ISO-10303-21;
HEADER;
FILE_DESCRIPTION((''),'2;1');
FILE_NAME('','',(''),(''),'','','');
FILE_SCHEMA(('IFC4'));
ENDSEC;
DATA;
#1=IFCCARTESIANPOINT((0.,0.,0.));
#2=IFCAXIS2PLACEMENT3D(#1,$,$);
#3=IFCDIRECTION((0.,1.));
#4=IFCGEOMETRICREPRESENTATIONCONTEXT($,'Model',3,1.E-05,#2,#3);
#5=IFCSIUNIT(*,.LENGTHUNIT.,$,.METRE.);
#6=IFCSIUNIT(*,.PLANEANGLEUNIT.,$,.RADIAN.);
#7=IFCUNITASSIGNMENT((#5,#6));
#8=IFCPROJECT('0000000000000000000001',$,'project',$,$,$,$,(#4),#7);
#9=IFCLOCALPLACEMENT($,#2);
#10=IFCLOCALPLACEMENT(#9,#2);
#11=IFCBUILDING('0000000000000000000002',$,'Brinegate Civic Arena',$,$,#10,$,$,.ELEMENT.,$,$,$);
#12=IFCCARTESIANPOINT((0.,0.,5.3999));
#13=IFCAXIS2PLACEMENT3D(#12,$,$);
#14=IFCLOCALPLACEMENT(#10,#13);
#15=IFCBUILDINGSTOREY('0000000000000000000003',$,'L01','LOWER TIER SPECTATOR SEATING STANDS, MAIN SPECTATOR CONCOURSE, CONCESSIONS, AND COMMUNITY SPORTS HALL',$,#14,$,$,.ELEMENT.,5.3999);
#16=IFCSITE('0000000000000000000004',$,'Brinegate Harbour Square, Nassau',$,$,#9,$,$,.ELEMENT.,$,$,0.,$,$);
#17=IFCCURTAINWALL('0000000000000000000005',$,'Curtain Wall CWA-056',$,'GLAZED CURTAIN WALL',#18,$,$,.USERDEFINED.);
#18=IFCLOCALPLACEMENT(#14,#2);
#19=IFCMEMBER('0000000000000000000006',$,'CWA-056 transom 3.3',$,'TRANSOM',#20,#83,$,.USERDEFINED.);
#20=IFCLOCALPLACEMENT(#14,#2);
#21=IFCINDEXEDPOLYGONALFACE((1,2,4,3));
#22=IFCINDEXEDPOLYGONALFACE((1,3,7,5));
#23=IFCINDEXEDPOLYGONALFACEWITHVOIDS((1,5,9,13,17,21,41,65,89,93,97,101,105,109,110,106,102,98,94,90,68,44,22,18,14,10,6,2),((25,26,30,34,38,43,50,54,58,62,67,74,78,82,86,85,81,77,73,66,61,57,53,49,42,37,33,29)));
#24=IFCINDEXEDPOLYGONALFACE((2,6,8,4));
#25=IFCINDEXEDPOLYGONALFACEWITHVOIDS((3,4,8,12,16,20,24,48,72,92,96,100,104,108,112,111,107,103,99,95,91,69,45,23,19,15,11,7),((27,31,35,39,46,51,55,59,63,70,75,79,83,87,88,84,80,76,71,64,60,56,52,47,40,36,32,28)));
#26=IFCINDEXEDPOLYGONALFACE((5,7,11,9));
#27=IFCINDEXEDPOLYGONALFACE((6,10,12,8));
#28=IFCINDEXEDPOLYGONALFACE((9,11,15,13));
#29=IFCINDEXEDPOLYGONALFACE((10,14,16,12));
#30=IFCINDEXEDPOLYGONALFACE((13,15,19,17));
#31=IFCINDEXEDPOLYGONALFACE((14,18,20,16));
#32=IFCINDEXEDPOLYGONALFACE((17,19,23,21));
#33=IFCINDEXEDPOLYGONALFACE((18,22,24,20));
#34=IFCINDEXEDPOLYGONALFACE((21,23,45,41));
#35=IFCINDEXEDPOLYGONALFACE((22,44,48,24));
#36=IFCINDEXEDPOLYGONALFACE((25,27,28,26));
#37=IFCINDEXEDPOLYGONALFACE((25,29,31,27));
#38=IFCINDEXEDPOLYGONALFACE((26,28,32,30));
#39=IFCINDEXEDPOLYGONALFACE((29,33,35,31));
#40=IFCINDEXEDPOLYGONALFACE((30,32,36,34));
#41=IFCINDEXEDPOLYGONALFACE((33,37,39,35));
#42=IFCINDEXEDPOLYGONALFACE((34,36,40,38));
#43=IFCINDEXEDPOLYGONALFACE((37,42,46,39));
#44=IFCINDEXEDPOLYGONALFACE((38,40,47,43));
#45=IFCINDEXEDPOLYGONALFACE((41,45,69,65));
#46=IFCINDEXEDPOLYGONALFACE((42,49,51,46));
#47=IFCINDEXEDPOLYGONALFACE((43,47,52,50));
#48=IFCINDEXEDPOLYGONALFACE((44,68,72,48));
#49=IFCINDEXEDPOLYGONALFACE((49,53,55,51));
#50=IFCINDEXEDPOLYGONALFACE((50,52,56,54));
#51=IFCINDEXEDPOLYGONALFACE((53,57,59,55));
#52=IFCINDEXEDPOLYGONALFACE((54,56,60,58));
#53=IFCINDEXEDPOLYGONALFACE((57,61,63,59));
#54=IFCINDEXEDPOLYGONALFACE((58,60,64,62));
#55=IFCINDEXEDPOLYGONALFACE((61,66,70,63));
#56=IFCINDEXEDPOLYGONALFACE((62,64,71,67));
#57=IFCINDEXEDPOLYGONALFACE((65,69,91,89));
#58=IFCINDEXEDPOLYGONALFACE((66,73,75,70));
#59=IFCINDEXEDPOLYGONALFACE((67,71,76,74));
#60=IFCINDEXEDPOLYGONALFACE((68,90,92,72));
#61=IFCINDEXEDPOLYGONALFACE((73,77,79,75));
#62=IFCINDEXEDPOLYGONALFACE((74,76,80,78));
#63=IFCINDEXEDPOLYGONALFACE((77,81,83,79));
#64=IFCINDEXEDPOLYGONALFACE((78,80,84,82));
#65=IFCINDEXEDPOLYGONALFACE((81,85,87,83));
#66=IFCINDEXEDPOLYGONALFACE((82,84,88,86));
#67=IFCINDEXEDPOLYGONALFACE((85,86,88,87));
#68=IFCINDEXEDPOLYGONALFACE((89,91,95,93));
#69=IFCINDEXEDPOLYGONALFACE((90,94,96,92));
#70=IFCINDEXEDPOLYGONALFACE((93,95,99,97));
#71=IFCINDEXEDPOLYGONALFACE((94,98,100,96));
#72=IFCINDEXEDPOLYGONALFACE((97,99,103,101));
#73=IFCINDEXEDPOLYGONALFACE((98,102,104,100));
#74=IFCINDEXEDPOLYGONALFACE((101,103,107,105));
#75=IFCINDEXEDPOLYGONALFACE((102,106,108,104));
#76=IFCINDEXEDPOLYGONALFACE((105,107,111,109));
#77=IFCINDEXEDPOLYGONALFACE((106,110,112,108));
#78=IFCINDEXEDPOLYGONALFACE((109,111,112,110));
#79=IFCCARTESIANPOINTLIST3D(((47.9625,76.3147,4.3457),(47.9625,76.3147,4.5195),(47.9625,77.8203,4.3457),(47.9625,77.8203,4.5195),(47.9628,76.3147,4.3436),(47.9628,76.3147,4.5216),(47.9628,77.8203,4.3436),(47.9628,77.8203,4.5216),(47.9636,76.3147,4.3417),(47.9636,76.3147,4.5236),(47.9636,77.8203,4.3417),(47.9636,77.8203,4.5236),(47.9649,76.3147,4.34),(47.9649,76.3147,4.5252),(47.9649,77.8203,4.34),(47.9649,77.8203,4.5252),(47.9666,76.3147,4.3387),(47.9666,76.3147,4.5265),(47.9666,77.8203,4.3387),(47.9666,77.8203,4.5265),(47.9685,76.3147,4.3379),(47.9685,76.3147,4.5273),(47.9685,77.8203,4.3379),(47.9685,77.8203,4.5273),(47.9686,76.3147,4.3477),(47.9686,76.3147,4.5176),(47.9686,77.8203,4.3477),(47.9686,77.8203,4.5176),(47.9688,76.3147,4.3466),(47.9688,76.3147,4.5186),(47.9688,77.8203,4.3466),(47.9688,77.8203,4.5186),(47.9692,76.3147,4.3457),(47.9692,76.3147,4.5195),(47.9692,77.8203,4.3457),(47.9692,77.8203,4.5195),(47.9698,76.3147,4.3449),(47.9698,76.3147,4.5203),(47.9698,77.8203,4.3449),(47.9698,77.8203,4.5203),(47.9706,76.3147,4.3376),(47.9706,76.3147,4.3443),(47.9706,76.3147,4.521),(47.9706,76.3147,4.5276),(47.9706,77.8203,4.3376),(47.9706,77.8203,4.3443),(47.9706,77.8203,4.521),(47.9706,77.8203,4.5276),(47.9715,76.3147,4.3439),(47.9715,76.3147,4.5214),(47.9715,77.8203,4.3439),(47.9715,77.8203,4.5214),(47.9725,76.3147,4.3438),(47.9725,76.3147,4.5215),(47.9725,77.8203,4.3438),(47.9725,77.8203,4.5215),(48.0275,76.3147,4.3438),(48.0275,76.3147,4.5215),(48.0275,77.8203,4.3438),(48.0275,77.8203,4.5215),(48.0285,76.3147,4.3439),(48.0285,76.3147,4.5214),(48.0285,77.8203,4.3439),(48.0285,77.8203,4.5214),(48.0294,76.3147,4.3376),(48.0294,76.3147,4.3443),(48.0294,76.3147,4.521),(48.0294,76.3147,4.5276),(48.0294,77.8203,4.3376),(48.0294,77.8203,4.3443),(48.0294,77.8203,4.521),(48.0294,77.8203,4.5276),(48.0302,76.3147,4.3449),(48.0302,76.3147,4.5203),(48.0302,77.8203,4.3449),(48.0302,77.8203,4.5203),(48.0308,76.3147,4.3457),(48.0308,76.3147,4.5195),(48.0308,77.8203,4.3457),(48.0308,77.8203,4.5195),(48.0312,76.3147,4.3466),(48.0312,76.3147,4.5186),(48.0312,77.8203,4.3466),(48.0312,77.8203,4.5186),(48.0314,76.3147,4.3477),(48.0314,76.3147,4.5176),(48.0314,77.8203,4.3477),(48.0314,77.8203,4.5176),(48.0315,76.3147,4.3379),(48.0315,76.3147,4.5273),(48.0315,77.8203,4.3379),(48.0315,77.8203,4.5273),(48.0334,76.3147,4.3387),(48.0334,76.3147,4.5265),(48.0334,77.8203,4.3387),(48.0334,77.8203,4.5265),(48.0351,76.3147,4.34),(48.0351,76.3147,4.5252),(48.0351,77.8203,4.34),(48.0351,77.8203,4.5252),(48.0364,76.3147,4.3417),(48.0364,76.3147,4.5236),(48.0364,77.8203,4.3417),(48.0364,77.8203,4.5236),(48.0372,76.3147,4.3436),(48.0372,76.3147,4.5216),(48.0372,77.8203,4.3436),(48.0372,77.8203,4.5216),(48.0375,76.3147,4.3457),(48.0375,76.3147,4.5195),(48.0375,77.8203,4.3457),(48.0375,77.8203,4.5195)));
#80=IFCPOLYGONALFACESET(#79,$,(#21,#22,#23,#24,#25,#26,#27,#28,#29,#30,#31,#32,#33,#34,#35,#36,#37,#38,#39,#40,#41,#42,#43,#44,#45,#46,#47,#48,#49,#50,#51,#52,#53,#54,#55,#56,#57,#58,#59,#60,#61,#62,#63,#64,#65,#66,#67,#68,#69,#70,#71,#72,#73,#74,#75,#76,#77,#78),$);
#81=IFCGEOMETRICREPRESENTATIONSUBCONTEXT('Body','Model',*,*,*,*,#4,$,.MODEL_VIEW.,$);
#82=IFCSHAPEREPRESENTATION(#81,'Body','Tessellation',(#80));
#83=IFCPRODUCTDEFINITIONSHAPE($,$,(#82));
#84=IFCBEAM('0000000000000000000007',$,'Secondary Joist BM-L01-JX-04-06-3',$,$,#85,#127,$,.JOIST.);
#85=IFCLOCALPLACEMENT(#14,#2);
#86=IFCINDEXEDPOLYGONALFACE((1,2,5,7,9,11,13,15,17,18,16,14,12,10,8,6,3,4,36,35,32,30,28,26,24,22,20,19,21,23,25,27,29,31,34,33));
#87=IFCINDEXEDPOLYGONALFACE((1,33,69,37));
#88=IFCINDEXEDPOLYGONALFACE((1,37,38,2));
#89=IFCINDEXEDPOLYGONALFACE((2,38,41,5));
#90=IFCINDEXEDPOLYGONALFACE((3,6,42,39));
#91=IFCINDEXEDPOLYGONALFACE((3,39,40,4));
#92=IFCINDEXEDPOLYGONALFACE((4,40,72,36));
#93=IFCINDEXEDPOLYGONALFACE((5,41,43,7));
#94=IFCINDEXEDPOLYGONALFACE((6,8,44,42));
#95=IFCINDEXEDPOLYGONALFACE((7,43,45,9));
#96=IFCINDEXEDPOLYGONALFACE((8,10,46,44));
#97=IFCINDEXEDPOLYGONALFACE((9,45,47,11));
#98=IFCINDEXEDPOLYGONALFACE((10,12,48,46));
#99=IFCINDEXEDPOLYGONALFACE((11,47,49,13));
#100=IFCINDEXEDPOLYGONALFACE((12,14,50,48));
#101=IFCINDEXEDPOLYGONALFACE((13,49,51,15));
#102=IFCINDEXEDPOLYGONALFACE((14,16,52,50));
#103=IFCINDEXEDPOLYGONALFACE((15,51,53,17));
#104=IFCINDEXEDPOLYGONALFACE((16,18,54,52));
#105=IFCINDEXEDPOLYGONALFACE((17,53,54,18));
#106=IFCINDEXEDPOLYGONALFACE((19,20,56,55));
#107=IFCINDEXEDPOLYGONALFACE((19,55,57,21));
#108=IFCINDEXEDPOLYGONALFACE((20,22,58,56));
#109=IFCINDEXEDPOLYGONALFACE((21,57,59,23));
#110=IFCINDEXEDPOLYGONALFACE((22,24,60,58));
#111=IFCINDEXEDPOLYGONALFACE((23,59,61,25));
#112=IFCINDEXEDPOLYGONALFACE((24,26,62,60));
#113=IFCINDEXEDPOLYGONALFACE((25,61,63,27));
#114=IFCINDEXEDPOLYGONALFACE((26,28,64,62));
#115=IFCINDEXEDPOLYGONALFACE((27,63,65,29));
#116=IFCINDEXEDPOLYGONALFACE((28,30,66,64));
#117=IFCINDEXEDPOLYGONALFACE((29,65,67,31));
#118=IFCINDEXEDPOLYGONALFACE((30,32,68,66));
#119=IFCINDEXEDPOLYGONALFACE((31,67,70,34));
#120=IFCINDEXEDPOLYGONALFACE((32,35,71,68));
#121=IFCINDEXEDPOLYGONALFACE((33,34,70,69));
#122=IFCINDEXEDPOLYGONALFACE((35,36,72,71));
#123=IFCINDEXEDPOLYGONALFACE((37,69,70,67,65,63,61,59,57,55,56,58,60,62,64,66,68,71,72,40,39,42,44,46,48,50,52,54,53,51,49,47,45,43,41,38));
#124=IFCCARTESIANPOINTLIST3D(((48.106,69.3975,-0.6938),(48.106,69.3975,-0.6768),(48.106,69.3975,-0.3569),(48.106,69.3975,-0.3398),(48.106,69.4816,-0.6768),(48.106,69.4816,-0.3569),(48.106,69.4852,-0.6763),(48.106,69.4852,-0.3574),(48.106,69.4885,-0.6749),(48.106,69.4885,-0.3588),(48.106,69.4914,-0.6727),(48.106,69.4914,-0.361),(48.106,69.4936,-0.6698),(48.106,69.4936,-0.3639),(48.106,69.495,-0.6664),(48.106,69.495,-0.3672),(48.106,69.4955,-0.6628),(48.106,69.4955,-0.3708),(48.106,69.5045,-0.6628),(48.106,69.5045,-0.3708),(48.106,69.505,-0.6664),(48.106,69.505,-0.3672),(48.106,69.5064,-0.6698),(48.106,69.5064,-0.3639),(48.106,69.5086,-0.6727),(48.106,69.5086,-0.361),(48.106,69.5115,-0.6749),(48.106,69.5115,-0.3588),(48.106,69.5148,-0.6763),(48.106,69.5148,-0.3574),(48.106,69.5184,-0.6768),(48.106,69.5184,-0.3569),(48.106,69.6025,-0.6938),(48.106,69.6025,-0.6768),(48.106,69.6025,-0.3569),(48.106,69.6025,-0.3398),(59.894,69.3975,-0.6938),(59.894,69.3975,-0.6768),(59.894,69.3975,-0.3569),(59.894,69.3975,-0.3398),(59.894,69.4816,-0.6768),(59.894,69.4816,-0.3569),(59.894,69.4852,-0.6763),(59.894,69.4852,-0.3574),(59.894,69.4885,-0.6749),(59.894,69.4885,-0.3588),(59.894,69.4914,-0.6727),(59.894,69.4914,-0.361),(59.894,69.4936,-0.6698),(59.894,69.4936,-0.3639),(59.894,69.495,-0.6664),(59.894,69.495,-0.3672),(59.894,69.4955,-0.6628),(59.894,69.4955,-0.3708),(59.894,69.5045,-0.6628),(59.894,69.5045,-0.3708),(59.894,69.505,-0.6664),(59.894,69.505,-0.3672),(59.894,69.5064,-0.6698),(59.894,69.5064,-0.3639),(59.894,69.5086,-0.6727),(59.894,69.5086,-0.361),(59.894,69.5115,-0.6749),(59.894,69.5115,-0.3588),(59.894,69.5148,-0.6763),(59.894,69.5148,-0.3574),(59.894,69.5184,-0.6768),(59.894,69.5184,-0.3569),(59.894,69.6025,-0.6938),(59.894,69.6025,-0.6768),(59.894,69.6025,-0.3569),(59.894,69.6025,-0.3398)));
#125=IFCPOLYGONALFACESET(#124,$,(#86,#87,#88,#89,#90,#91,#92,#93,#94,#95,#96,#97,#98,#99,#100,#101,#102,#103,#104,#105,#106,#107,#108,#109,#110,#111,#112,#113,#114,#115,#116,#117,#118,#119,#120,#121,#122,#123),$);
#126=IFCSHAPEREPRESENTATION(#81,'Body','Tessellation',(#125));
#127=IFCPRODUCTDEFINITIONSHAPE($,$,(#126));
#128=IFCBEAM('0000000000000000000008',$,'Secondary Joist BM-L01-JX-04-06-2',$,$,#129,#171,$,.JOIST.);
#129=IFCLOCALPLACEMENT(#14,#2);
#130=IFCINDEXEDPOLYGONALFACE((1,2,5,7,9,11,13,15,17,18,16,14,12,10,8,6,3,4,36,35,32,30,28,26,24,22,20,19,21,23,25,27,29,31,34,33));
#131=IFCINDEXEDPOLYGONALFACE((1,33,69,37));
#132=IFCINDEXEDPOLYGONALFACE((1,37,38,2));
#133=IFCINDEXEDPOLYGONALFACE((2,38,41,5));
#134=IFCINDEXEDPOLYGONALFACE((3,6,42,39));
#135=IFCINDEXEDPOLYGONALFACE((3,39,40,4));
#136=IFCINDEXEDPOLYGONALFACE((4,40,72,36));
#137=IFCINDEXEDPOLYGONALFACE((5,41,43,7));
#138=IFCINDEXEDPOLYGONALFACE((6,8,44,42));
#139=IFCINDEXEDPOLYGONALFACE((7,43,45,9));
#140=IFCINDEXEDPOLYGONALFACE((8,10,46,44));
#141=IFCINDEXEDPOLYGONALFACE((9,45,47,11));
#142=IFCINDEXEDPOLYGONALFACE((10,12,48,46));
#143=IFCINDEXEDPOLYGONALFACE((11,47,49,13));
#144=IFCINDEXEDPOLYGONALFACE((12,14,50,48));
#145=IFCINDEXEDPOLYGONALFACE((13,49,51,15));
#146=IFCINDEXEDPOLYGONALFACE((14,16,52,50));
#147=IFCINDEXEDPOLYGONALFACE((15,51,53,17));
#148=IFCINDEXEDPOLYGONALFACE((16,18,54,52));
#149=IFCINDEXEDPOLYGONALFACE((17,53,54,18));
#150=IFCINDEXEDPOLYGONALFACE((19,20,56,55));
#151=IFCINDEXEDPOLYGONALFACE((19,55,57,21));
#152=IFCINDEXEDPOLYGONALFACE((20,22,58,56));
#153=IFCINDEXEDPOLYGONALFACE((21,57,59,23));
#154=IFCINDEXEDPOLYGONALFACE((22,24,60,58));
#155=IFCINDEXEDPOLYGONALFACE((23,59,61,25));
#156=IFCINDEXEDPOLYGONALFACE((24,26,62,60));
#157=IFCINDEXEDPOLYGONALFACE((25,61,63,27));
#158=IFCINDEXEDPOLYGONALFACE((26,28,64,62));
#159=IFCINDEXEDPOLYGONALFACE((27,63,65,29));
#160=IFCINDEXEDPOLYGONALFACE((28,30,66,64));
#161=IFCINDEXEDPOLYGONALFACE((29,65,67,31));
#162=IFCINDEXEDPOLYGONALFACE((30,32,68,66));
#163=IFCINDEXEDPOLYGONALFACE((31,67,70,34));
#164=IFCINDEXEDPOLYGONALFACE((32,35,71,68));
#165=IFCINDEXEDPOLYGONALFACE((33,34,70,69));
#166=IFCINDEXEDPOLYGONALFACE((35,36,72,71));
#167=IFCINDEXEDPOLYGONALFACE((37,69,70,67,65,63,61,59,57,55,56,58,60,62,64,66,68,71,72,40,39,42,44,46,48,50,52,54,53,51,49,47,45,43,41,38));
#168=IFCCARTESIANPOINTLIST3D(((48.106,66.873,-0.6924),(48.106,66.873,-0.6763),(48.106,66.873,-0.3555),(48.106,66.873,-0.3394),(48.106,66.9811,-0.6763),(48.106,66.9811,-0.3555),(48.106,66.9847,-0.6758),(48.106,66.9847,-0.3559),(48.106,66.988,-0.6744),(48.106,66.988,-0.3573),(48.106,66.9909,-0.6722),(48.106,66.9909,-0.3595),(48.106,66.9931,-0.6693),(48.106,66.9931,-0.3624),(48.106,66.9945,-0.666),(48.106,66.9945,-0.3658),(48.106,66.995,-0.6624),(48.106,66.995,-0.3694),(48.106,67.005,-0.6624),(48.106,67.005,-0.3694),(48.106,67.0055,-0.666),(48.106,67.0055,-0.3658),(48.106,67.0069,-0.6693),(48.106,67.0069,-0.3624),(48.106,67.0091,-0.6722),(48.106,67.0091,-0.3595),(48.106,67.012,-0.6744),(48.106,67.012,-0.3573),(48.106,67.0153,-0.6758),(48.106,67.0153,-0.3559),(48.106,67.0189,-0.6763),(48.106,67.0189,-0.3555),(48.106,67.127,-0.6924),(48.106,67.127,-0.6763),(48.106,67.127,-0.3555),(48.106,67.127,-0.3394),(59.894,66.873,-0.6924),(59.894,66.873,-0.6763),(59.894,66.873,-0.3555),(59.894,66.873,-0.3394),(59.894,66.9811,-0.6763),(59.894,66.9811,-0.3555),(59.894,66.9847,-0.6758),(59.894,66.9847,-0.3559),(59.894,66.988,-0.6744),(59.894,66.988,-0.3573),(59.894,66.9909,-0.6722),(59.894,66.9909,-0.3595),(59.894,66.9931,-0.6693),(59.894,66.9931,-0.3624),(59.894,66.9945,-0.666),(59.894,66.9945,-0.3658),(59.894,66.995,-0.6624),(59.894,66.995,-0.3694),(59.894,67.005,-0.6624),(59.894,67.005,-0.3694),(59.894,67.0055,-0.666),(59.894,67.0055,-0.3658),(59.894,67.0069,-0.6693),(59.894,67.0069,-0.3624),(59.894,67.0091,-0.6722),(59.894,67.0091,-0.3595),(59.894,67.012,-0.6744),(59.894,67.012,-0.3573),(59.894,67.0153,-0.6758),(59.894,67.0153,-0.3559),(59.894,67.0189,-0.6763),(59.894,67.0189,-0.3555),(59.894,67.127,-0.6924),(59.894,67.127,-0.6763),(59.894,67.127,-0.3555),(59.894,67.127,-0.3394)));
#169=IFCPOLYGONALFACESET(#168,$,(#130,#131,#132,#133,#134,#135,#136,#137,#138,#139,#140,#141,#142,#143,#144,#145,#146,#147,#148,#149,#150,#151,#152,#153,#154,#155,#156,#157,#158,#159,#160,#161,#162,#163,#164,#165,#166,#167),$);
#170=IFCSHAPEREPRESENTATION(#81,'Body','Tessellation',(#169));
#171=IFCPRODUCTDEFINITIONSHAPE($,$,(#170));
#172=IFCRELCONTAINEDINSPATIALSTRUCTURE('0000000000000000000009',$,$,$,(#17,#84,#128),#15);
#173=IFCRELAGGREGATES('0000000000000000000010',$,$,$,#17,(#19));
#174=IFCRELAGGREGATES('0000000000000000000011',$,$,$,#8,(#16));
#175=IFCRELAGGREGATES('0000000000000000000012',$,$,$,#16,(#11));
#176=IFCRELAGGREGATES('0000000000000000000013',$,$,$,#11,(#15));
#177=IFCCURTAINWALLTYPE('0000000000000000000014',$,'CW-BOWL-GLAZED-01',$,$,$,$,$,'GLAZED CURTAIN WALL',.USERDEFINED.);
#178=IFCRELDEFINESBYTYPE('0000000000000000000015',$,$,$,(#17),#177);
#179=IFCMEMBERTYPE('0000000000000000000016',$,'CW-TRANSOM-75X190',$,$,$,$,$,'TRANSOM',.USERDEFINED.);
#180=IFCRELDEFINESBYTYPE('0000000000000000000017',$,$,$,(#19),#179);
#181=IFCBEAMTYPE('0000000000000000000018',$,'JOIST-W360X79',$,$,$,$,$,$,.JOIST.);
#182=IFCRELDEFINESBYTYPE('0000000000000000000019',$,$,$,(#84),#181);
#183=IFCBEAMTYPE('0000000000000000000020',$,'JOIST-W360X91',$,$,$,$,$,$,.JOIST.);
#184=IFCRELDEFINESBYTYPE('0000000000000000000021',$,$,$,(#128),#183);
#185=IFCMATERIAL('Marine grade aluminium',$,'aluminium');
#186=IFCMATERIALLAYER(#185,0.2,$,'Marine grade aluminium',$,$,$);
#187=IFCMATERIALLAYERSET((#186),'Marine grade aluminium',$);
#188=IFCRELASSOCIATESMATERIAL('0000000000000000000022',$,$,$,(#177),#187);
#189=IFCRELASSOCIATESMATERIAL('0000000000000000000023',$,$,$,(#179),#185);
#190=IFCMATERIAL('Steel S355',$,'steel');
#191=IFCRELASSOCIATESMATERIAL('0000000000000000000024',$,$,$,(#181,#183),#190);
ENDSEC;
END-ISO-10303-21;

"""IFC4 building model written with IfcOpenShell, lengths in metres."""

from ifc_helpers import new_model, si_unit, direction, frame, origin, origin_2d, place, context, subcontext, project, spatial, hollow_rectangle, i_section, extrude, material, layer, layer_set, material_profile, profile_set, type_object, element, aggregate, save


model = new_model("IFC4")

# Units and contexts
model_context = context("Model", 3, precision=1e-05, world=origin(), true_north=direction((0.0, 1.0)))
body_context = subcontext(model_context, "Body", "Model", "MODEL_VIEW")
ifc_project = project(units=[si_unit("LENGTHUNIT", "METRE"), si_unit("PLANEANGLEUNIT", "RADIAN")], contexts=[model_context])

# Site, building, storey
site_placement = place(None, origin())
site = spatial("IfcSite", under=ifc_project, at=site_placement, Name="Brinegate Harbour Square, Nassau", CompositionType="ELEMENT", RefElevation=0.0)
building_placement = place(site_placement, origin())
building = spatial("IfcBuilding", under=site, at=building_placement, Name="Brinegate Civic Arena", CompositionType="ELEMENT")
storey_placement = place(building_placement, frame((0.0, 0.0, 5.3999)))
storey = spatial("IfcBuildingStorey", under=building, at=storey_placement, Name="L01", Description="LOWER TIER SPECTATOR SEATING STANDS, MAIN SPECTATOR CONCOURSE, CONCESSIONS, AND COMMUNITY SPORTS HALL", CompositionType="ELEMENT", Elevation=5.3999)

# Curtain wall, member
ifc_material_1 = material(Name="Marine grade aluminium", Category="aluminium")
ifc_layer_1 = layer(ifc_material_1, 0.2, Name="Marine grade aluminium")
ifc_layer_set_1 = layer_set([ifc_layer_1], Name="Marine grade aluminium")
curtain_wall_type = type_object("IfcCurtainWallType", Name="CW-BOWL-GLAZED-01", ElementType="GLAZED CURTAIN WALL", PredefinedType="USERDEFINED", material=ifc_layer_set_1)
curtain_wall_placement = place(storey_placement, origin())
curtain_wall = element("IfcCurtainWall", 1, at=curtain_wall_placement, inside=storey, type_object=curtain_wall_type, Name="Curtain Wall CWA-056", ObjectType="GLAZED CURTAIN WALL", PredefinedType="USERDEFINED")
ifc_material_profile_1 = material_profile(ifc_material_1, hollow_rectangle(XDim=0.075, YDim=0.1899, WallThickness=0.0061, InnerFilletRadius=0.0039, OuterFilletRadius=0.0081, at=origin_2d()), Name="TRN75X190")
ifc_profile_set_1 = profile_set([ifc_material_profile_1], Name="Marine grade aluminium")
member_type_1 = type_object("IfcMemberType", Name="CW-TRANSOM-75X190", ElementType="TRANSOM", PredefinedType="USERDEFINED", material=ifc_profile_set_1)
member_1_placement = place(storey_placement, frame((48.0, 76.3147, 4.4326), z_axis=(0.0, 1.0, 0.0), x_axis=(-1.0, 0.0, 0.0)))
member_1 = element("IfcMember", 2, at=member_1_placement, type_object=member_type_1, Name="CWA-056 transom 3.3", ObjectType="TRANSOM", PredefinedType="USERDEFINED", context=body_context, shape_type="SweptSolid", body=[
    extrude(hollow_rectangle(XDim=0.075, YDim=0.1899, WallThickness=0.0061, InnerFilletRadius=0.0039, OuterFilletRadius=0.0081, at=origin_2d()), origin(), (0.0, 0.0, 1.0), 1.5056),
])

# Beams
ifc_material_2 = material(Name="Steel S355", Category="steel")
ifc_material_profile_2 = material_profile(ifc_material_2, i_section(OverallWidth=0.2051, OverallDepth=0.354, WebThickness=0.009, FlangeThickness=0.0171, FilletRadius=0.0139, at=origin_2d()), Name="W360X79")
ifc_profile_set_2 = profile_set([ifc_material_profile_2], Name="Steel S355")
beam_type_1 = type_object("IfcBeamType", Name="JOIST-W360X79", PredefinedType="JOIST", material=ifc_profile_set_2)
beam_1_placement = place(storey_placement, frame((48.106, 69.5, -0.5168), z_axis=(1.0, 0.0, 0.0), x_axis=(0.0, 1.0, 0.0)))
element("IfcBeam", 3, at=beam_1_placement, inside=storey, type_object=beam_type_1, Name="Secondary Joist BM-L01-JX-04-06-3", PredefinedType="JOIST", context=body_context, shape_type="SweptSolid", body=[
    extrude(i_section(OverallWidth=0.2051, OverallDepth=0.354, WebThickness=0.009, FlangeThickness=0.0171, FilletRadius=0.0139, at=origin_2d()), origin(), (0.0, 0.0, 1.0), 11.7881),
])
ifc_material_profile_3 = material_profile(ifc_material_2, i_section(OverallWidth=0.2539, OverallDepth=0.353, WebThickness=0.01, FlangeThickness=0.0161, FilletRadius=0.0139, at=origin_2d()), Name="W360X91")
ifc_profile_set_3 = profile_set([ifc_material_profile_3], Name="Steel S355")
beam_type_2 = type_object("IfcBeamType", Name="JOIST-W360X91", PredefinedType="JOIST", material=ifc_profile_set_3)
beam_2_placement = place(storey_placement, frame((48.106, 67.0, -0.5159), z_axis=(1.0, 0.0, 0.0), x_axis=(0.0, 1.0, 0.0)))
element("IfcBeam", 4, at=beam_2_placement, inside=storey, type_object=beam_type_2, Name="Secondary Joist BM-L01-JX-04-06-2", PredefinedType="JOIST", context=body_context, shape_type="SweptSolid", body=[
    extrude(i_section(OverallWidth=0.2539, OverallDepth=0.353, WebThickness=0.01, FlangeThickness=0.0161, FilletRadius=0.0139, at=origin_2d()), origin(), (0.0, 0.0, 1.0), 11.7881),
])

aggregate(curtain_wall, [member_1])

save(model, "model.ifc")
